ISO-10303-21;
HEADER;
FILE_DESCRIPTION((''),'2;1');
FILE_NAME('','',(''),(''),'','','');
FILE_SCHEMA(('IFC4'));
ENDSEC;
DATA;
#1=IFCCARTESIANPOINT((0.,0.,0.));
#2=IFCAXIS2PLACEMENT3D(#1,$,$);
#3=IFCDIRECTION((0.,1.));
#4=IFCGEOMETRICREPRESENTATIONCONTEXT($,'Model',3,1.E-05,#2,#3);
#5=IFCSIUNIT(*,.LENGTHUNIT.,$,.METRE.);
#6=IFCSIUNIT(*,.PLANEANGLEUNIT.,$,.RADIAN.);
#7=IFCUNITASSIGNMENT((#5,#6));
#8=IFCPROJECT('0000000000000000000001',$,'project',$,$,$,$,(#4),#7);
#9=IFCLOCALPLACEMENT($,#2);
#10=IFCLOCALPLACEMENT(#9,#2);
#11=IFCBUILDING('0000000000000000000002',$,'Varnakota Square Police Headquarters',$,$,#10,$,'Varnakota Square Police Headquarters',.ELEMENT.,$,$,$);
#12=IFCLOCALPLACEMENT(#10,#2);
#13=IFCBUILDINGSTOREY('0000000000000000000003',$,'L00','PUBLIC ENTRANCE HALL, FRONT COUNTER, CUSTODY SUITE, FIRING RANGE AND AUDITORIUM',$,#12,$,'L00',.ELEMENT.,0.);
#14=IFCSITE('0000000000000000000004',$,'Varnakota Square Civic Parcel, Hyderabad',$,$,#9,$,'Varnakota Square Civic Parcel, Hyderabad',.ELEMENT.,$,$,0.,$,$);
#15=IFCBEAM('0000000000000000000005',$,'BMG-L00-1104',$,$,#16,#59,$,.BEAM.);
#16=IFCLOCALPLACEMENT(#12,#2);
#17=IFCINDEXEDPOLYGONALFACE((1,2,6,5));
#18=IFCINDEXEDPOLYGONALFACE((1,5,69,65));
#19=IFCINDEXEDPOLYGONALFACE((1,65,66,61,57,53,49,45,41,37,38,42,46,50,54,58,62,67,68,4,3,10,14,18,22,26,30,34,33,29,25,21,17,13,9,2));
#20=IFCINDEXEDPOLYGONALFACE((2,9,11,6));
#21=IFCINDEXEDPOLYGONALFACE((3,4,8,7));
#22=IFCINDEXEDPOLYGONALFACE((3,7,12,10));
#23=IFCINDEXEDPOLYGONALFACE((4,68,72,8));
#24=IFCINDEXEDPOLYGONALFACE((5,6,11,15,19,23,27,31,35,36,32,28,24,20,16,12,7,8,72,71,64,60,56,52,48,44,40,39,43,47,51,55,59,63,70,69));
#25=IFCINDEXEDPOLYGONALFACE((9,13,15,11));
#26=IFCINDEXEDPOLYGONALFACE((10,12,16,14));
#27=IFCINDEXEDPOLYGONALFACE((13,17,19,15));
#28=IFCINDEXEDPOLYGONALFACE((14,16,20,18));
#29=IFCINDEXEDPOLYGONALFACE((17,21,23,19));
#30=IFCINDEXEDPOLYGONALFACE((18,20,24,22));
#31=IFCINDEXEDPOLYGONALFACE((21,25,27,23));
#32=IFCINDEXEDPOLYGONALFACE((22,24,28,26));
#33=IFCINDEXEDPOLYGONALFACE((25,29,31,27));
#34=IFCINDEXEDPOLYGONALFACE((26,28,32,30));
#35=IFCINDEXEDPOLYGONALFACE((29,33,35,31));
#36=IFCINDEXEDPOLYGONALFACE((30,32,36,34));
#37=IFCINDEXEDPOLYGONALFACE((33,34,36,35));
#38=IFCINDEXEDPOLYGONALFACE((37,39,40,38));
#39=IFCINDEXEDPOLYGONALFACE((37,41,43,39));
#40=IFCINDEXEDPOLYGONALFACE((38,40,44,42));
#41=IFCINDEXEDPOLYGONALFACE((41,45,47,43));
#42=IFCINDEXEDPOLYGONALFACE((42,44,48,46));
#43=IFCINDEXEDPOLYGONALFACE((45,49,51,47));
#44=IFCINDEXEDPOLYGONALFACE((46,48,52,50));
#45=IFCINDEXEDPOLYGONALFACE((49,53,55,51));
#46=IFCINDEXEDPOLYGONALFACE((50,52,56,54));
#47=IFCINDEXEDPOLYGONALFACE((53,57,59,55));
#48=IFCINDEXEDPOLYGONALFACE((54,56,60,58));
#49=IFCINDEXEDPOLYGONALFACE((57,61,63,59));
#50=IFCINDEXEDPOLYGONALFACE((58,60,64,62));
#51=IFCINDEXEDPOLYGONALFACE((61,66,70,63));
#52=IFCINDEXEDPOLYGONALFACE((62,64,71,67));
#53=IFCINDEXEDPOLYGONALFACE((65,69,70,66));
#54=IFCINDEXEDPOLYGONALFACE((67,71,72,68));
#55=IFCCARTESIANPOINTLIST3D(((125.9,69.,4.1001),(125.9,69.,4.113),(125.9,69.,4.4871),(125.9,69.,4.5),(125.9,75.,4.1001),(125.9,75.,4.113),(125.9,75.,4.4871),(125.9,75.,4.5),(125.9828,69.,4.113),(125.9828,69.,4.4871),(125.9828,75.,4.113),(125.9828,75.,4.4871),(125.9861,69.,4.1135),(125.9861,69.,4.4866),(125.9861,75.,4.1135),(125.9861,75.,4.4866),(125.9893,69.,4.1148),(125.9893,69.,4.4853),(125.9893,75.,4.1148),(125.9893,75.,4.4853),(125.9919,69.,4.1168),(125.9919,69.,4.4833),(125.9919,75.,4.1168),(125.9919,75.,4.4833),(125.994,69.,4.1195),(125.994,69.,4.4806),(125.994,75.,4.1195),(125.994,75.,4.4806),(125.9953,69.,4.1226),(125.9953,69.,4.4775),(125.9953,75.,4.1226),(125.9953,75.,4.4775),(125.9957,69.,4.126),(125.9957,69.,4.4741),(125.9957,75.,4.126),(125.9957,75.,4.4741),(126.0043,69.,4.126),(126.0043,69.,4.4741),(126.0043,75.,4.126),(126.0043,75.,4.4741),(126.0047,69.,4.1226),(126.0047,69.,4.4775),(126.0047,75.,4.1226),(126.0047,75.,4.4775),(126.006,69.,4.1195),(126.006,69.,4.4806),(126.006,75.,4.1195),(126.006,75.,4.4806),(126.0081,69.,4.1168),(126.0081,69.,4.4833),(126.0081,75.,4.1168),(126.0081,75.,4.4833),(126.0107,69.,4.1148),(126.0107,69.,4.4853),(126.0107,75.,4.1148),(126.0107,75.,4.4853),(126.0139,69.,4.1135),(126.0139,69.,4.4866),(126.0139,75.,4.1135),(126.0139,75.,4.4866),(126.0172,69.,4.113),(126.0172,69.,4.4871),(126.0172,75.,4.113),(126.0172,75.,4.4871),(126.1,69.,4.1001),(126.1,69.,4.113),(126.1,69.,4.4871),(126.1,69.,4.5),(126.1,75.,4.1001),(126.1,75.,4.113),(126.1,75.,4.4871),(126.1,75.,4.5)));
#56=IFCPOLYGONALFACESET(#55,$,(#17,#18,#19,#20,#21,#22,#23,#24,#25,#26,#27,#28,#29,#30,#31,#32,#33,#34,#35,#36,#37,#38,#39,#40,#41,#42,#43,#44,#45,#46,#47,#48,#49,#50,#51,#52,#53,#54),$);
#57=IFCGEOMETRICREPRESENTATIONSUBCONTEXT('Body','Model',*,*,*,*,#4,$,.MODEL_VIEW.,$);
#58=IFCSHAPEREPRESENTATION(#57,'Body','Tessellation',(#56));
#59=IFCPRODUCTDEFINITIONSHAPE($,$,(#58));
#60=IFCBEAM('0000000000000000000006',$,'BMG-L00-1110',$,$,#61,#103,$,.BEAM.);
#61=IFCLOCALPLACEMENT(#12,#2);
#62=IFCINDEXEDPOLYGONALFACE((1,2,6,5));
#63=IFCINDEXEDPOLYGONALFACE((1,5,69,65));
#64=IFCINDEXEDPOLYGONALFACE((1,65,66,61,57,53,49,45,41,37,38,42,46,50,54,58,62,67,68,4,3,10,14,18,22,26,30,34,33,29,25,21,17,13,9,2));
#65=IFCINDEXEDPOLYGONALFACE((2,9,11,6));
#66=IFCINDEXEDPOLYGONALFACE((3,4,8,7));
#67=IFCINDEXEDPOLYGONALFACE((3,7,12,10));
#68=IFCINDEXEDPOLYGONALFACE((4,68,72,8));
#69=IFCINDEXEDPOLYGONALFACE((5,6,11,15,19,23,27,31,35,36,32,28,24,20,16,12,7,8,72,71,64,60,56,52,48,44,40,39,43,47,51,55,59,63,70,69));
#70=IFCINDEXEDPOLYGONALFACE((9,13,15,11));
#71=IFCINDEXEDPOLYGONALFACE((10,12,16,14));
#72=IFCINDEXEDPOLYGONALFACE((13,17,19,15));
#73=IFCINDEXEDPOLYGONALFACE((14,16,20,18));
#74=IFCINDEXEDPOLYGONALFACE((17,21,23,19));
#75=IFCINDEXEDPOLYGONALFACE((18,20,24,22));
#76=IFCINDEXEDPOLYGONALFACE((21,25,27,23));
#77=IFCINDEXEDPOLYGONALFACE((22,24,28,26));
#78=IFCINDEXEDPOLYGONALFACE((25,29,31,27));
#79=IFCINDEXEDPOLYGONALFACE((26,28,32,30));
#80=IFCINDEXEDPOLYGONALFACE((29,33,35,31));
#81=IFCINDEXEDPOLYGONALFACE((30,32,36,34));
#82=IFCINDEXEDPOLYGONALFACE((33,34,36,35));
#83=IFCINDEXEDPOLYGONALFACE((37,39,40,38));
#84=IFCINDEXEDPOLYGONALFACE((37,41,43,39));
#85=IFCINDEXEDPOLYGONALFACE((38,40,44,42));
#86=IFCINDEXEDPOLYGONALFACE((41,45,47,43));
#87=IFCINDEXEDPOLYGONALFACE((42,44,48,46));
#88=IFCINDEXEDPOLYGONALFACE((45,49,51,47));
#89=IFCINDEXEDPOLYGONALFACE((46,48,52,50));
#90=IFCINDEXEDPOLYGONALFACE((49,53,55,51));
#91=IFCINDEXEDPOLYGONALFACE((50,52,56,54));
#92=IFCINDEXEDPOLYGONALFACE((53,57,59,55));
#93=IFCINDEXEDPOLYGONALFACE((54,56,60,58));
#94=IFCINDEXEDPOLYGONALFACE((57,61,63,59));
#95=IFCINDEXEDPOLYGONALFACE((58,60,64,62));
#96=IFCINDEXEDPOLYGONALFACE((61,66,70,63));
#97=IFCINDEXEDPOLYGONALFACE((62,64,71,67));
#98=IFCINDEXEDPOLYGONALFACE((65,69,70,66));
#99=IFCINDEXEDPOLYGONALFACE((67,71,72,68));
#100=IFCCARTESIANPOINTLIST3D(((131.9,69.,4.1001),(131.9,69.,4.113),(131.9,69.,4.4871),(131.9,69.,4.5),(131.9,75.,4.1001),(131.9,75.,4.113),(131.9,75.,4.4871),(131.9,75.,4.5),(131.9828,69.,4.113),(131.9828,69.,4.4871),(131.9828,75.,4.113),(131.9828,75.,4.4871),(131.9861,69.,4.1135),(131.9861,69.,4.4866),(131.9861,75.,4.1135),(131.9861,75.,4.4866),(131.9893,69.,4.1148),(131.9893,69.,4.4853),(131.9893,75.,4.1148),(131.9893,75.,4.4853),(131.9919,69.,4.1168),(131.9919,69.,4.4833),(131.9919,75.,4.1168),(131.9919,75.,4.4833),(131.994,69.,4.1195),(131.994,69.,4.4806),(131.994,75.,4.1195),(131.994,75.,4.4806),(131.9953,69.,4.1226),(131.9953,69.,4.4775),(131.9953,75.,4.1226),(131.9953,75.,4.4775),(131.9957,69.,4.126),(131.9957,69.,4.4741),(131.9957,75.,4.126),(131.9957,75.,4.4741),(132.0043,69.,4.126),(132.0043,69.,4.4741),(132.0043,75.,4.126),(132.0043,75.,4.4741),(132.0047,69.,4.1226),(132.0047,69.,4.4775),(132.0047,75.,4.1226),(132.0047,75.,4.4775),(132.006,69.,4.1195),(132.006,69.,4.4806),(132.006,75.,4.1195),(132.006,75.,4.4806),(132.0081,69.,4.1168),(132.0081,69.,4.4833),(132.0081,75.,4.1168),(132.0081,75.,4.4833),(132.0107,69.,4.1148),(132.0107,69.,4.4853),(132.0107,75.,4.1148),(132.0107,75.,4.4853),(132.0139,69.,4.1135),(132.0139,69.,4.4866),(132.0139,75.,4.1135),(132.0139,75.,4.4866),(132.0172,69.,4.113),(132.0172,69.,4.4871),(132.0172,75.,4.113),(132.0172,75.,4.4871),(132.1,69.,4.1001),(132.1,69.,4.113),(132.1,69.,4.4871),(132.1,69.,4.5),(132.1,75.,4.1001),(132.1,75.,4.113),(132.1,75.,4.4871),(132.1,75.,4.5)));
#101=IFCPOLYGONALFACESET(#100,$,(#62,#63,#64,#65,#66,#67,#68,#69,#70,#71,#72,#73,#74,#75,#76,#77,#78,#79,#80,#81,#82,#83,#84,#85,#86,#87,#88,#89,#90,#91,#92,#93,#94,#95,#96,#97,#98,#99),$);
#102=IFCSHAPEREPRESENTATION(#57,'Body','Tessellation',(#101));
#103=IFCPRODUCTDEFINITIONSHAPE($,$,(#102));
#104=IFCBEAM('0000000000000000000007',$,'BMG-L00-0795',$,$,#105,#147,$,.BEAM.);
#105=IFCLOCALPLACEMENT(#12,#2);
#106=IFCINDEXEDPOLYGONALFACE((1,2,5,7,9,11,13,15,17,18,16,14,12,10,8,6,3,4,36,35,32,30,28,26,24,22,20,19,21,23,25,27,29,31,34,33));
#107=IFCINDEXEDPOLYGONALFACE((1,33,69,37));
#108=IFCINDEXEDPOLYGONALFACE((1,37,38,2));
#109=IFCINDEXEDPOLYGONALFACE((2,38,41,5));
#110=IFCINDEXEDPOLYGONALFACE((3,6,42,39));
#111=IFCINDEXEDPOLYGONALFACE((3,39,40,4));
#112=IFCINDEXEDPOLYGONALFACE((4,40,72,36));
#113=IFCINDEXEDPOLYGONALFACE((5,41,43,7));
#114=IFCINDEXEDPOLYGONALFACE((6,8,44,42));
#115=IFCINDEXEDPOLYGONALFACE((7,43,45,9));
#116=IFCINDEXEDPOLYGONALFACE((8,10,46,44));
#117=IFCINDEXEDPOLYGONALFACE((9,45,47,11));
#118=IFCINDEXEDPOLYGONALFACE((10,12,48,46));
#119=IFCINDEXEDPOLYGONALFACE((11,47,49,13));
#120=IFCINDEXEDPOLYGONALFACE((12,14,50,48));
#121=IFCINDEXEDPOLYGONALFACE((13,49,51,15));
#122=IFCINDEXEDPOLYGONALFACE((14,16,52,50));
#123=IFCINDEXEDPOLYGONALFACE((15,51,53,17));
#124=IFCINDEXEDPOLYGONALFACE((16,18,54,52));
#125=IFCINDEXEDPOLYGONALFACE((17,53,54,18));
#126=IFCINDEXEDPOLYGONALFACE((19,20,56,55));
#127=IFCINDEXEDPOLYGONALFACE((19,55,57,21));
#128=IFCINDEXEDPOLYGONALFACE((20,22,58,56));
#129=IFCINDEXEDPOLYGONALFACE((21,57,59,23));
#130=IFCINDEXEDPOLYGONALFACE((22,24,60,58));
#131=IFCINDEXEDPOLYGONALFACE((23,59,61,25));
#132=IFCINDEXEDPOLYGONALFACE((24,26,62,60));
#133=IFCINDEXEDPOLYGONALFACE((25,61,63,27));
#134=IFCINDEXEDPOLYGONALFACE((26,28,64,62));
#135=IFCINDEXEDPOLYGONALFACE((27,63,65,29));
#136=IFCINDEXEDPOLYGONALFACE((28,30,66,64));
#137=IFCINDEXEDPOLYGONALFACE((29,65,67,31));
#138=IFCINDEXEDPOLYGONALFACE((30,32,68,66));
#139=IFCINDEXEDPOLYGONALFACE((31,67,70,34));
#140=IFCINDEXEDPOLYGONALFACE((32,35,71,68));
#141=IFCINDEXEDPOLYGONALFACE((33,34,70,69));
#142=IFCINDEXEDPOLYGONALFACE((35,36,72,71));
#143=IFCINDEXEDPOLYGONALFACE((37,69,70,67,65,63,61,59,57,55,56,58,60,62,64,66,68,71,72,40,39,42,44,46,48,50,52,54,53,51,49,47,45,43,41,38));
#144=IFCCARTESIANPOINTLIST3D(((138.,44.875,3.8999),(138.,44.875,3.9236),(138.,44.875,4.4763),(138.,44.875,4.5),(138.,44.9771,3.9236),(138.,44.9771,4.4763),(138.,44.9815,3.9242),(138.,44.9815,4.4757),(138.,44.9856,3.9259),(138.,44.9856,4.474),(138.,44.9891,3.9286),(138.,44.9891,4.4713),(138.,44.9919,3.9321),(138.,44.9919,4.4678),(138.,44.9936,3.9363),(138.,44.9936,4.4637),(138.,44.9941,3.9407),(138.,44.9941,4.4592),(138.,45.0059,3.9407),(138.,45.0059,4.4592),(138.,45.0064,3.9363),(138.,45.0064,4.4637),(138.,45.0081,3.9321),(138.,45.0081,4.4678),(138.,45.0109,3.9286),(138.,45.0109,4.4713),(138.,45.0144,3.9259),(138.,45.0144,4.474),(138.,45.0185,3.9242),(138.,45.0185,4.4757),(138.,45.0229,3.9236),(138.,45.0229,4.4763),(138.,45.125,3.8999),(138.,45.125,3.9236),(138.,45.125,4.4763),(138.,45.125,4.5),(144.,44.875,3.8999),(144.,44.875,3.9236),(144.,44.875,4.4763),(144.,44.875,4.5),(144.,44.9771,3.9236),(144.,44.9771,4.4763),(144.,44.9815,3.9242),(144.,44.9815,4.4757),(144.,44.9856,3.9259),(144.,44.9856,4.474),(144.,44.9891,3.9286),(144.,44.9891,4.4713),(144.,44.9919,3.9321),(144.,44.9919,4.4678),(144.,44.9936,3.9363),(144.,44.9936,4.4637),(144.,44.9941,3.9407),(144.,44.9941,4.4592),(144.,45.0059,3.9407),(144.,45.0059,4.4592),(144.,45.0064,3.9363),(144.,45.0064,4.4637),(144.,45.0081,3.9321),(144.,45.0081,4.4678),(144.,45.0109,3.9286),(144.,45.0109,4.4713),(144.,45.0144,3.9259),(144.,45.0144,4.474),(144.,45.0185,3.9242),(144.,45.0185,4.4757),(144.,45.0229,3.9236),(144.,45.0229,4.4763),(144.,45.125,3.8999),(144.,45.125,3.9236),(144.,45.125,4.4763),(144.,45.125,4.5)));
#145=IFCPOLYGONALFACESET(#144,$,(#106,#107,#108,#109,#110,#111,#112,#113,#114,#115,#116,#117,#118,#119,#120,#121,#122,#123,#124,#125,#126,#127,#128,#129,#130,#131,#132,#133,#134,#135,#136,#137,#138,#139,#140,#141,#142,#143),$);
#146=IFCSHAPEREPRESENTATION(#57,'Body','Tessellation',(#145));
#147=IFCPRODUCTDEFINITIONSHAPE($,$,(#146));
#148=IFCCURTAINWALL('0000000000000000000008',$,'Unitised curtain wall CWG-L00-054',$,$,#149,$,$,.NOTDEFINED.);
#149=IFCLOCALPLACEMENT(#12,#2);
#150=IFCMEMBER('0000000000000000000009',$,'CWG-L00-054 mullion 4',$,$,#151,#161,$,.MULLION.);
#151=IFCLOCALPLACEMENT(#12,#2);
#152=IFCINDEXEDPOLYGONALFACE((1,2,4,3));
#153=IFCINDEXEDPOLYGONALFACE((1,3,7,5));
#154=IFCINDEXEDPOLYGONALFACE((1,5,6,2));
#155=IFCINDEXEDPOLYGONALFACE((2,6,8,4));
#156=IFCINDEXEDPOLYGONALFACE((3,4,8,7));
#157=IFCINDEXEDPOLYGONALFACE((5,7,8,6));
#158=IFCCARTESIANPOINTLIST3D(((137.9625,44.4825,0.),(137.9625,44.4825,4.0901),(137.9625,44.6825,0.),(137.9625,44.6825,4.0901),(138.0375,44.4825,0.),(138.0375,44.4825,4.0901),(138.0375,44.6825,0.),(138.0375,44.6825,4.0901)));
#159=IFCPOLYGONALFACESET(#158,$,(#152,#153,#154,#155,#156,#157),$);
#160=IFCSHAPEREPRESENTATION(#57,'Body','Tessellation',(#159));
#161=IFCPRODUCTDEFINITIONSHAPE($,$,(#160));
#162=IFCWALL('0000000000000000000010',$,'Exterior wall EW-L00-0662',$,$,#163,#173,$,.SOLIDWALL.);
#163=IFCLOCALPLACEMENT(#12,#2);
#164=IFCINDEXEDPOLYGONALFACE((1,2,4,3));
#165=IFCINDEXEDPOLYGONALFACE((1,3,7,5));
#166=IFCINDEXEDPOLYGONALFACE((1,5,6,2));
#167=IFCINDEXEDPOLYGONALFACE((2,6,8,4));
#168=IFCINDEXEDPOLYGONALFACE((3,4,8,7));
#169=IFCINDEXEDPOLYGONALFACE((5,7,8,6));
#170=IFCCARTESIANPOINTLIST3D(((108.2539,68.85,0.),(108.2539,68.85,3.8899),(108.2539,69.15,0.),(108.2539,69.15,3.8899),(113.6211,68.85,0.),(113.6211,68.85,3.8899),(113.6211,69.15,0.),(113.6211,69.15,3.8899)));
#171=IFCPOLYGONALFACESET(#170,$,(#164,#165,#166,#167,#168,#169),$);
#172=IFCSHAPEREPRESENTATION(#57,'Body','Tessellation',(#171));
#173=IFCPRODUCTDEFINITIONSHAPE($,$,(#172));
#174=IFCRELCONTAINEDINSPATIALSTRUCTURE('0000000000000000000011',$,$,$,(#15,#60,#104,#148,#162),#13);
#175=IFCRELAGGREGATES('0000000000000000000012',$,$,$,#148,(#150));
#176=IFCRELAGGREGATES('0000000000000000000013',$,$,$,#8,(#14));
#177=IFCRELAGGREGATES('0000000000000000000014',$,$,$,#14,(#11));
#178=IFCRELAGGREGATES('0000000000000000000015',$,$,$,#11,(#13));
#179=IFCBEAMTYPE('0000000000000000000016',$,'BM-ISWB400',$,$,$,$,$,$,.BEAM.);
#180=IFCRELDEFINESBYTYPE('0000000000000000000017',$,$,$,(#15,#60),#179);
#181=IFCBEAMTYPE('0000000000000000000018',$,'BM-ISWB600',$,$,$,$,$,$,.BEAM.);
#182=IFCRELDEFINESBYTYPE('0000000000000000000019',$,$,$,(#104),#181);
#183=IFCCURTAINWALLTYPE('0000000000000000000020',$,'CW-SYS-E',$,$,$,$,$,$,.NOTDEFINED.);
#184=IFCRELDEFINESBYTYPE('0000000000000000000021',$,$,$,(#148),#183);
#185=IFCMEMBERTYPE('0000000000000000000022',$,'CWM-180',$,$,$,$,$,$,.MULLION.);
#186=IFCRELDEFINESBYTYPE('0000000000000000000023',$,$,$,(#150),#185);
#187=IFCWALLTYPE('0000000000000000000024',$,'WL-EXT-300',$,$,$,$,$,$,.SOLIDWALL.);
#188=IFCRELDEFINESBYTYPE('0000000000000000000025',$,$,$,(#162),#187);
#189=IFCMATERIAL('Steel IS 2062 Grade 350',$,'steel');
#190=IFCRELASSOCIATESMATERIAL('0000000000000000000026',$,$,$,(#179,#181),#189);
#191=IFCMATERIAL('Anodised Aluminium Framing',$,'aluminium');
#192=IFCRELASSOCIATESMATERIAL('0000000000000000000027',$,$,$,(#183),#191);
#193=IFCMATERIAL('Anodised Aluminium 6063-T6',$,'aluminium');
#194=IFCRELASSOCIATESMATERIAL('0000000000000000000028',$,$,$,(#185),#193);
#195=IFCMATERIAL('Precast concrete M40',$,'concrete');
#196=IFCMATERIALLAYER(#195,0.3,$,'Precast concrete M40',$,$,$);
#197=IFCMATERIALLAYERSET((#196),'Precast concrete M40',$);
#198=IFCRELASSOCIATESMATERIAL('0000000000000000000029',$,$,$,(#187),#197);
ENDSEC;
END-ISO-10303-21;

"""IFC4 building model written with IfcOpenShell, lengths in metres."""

from ifc_helpers import new_model, si_unit, direction, frame, frame_2d, origin, origin_2d, place, context, subcontext, project, spatial, rectangle, i_section, extrude, material, layer, layer_set, material_profile, profile_set, type_object, element, aggregate, save


model = new_model("IFC4")

# Units and contexts
model_context = context("Model", 3, precision=1e-05, world=origin(), true_north=direction((0.0, 1.0)))
body_context = subcontext(model_context, "Body", "Model", "MODEL_VIEW")
ifc_project = project(units=[si_unit("LENGTHUNIT", "METRE"), si_unit("PLANEANGLEUNIT", "RADIAN")], contexts=[model_context])

# Site, building, storey
site_placement = place(None, origin())
site = spatial("IfcSite", under=ifc_project, at=site_placement, Name="Varnakota Square Civic Parcel, Hyderabad", LongName="Varnakota Square Civic Parcel, Hyderabad", CompositionType="ELEMENT", RefElevation=0.0)
building_placement = place(site_placement, origin())
building = spatial("IfcBuilding", under=site, at=building_placement, Name="Varnakota Square Police Headquarters", LongName="Varnakota Square Police Headquarters", CompositionType="ELEMENT")
storey_placement = place(building_placement, origin())
storey = spatial("IfcBuildingStorey", under=building, at=storey_placement, Name="L00", Description="PUBLIC ENTRANCE HALL, FRONT COUNTER, CUSTODY SUITE, FIRING RANGE AND AUDITORIUM", LongName="L00", CompositionType="ELEMENT", Elevation=0.0)

# Beams
ifc_material_1 = material(Name="Steel IS 2062 Grade 350", Category="steel")
ifc_material_profile_1 = material_profile(ifc_material_1, i_section(OverallWidth=0.2, OverallDepth=0.3999, WebThickness=0.0085, FlangeThickness=0.0129, FilletRadius=0.0129, at=origin_2d()), Name="ISWB 400")
ifc_profile_set_1 = profile_set([ifc_material_profile_1], Name="Steel IS 2062 Grade 350")
beam_type_1 = type_object("IfcBeamType", Name="BM-ISWB400", PredefinedType="BEAM", material=ifc_profile_set_1)
for number, where, z_axis, x_axis, name in (
    (1, (126.0, 69.0, 4.3), (0.0, 1.0, 0.0), (-1.0, 0.0, 0.0), "BMG-L00-1104"),
    (2, (132.0, 69.0, 4.3), (0.0, 1.0, 0.0), (-1.0, 0.0, 0.0), "BMG-L00-1110"),
):
    element("IfcBeam", number, at=place(storey_placement, frame(where, z_axis=z_axis, x_axis=x_axis)), inside=storey, type_object=beam_type_1, Name=name, PredefinedType="BEAM", context=body_context, shape_type="SweptSolid", body=[
        extrude(i_section(OverallWidth=0.2, OverallDepth=0.3999, WebThickness=0.0085, FlangeThickness=0.0129, FilletRadius=0.0129, at=origin_2d()), origin(), (0.0, 0.0, 1.0), 6.0),
    ])
ifc_material_profile_2 = material_profile(ifc_material_1, i_section(OverallWidth=0.25, OverallDepth=0.6001, WebThickness=0.0117, FlangeThickness=0.0237, FilletRadius=0.0171, at=origin_2d()), Name="ISWB 600")
ifc_profile_set_2 = profile_set([ifc_material_profile_2], Name="Steel IS 2062 Grade 350")
beam_type_2 = type_object("IfcBeamType", Name="BM-ISWB600", PredefinedType="BEAM", material=ifc_profile_set_2)
beam_1_placement = place(storey_placement, frame((138.0, 45.0, 4.2), z_axis=(1.0, 0.0, 0.0), x_axis=(0.0, 1.0, 0.0)))
element("IfcBeam", 3, at=beam_1_placement, inside=storey, type_object=beam_type_2, Name="BMG-L00-0795", PredefinedType="BEAM", context=body_context, shape_type="SweptSolid", body=[
    extrude(i_section(OverallWidth=0.25, OverallDepth=0.6001, WebThickness=0.0117, FlangeThickness=0.0237, FilletRadius=0.0171, at=origin_2d()), origin(), (0.0, 0.0, 1.0), 6.0),
])

# Curtain wall, member
ifc_material_2 = material(Name="Anodised Aluminium Framing", Category="aluminium")
curtain_wall_type = type_object("IfcCurtainWallType", Name="CW-SYS-E", PredefinedType="NOTDEFINED", material=ifc_material_2)
curtain_wall_placement = place(storey_placement, origin())
curtain_wall = element("IfcCurtainWall", 4, at=curtain_wall_placement, inside=storey, type_object=curtain_wall_type, Name="Unitised curtain wall CWG-L00-054", PredefinedType="NOTDEFINED")
ifc_material_3 = material(Name="Anodised Aluminium 6063-T6", Category="aluminium")
ifc_material_profile_3 = material_profile(ifc_material_3, rectangle(XDim=0.075, YDim=0.2, at=origin_2d()), Name="ALU MULLION 75x200")
ifc_profile_set_3 = profile_set([ifc_material_profile_3], Name="Anodised Aluminium 6063-T6")
member_type = type_object("IfcMemberType", Name="CWM-180", PredefinedType="MULLION", material=ifc_profile_set_3)
member_placement = place(storey_placement, frame((138.0, 44.5825, 0.0), z_axis=(0.0, 0.0, 1.0), x_axis=(-1.0, 0.0, 0.0)))
member = element("IfcMember", 5, at=member_placement, type_object=member_type, Name="CWG-L00-054 mullion 4", PredefinedType="MULLION", context=body_context, shape_type="SweptSolid", body=[
    extrude(rectangle(XDim=0.075, YDim=0.2, at=origin_2d()), origin(), (0.0, 0.0, 1.0), 4.0901),
])
aggregate(curtain_wall, [member])

# Wall
ifc_material_4 = material(Name="Precast concrete M40", Category="concrete")
ifc_layer = layer(ifc_material_4, 0.3, Name="Precast concrete M40")
ifc_layer_set = layer_set([ifc_layer], Name="Precast concrete M40")
wall_type = type_object("IfcWallType", Name="WL-EXT-300", PredefinedType="SOLIDWALL", material=ifc_layer_set)
wall_1_placement = place(storey_placement, frame((108.2539, 69.0, 0.0), z_axis=(0.0, 0.0, 1.0), x_axis=(1.0, 0.0, 0.0)))
element("IfcWall", 6, at=wall_1_placement, inside=storey, type_object=wall_type, Name="Exterior wall EW-L00-0662", PredefinedType="SOLIDWALL", context=body_context, shape_type="SweptSolid", body=[
    extrude(rectangle(XDim=5.3672, YDim=0.3, at=frame_2d((2.6836, 0.0))), origin(), (0.0, 0.0, 1.0), 3.8899),
])

save(model, "model.ifc")
